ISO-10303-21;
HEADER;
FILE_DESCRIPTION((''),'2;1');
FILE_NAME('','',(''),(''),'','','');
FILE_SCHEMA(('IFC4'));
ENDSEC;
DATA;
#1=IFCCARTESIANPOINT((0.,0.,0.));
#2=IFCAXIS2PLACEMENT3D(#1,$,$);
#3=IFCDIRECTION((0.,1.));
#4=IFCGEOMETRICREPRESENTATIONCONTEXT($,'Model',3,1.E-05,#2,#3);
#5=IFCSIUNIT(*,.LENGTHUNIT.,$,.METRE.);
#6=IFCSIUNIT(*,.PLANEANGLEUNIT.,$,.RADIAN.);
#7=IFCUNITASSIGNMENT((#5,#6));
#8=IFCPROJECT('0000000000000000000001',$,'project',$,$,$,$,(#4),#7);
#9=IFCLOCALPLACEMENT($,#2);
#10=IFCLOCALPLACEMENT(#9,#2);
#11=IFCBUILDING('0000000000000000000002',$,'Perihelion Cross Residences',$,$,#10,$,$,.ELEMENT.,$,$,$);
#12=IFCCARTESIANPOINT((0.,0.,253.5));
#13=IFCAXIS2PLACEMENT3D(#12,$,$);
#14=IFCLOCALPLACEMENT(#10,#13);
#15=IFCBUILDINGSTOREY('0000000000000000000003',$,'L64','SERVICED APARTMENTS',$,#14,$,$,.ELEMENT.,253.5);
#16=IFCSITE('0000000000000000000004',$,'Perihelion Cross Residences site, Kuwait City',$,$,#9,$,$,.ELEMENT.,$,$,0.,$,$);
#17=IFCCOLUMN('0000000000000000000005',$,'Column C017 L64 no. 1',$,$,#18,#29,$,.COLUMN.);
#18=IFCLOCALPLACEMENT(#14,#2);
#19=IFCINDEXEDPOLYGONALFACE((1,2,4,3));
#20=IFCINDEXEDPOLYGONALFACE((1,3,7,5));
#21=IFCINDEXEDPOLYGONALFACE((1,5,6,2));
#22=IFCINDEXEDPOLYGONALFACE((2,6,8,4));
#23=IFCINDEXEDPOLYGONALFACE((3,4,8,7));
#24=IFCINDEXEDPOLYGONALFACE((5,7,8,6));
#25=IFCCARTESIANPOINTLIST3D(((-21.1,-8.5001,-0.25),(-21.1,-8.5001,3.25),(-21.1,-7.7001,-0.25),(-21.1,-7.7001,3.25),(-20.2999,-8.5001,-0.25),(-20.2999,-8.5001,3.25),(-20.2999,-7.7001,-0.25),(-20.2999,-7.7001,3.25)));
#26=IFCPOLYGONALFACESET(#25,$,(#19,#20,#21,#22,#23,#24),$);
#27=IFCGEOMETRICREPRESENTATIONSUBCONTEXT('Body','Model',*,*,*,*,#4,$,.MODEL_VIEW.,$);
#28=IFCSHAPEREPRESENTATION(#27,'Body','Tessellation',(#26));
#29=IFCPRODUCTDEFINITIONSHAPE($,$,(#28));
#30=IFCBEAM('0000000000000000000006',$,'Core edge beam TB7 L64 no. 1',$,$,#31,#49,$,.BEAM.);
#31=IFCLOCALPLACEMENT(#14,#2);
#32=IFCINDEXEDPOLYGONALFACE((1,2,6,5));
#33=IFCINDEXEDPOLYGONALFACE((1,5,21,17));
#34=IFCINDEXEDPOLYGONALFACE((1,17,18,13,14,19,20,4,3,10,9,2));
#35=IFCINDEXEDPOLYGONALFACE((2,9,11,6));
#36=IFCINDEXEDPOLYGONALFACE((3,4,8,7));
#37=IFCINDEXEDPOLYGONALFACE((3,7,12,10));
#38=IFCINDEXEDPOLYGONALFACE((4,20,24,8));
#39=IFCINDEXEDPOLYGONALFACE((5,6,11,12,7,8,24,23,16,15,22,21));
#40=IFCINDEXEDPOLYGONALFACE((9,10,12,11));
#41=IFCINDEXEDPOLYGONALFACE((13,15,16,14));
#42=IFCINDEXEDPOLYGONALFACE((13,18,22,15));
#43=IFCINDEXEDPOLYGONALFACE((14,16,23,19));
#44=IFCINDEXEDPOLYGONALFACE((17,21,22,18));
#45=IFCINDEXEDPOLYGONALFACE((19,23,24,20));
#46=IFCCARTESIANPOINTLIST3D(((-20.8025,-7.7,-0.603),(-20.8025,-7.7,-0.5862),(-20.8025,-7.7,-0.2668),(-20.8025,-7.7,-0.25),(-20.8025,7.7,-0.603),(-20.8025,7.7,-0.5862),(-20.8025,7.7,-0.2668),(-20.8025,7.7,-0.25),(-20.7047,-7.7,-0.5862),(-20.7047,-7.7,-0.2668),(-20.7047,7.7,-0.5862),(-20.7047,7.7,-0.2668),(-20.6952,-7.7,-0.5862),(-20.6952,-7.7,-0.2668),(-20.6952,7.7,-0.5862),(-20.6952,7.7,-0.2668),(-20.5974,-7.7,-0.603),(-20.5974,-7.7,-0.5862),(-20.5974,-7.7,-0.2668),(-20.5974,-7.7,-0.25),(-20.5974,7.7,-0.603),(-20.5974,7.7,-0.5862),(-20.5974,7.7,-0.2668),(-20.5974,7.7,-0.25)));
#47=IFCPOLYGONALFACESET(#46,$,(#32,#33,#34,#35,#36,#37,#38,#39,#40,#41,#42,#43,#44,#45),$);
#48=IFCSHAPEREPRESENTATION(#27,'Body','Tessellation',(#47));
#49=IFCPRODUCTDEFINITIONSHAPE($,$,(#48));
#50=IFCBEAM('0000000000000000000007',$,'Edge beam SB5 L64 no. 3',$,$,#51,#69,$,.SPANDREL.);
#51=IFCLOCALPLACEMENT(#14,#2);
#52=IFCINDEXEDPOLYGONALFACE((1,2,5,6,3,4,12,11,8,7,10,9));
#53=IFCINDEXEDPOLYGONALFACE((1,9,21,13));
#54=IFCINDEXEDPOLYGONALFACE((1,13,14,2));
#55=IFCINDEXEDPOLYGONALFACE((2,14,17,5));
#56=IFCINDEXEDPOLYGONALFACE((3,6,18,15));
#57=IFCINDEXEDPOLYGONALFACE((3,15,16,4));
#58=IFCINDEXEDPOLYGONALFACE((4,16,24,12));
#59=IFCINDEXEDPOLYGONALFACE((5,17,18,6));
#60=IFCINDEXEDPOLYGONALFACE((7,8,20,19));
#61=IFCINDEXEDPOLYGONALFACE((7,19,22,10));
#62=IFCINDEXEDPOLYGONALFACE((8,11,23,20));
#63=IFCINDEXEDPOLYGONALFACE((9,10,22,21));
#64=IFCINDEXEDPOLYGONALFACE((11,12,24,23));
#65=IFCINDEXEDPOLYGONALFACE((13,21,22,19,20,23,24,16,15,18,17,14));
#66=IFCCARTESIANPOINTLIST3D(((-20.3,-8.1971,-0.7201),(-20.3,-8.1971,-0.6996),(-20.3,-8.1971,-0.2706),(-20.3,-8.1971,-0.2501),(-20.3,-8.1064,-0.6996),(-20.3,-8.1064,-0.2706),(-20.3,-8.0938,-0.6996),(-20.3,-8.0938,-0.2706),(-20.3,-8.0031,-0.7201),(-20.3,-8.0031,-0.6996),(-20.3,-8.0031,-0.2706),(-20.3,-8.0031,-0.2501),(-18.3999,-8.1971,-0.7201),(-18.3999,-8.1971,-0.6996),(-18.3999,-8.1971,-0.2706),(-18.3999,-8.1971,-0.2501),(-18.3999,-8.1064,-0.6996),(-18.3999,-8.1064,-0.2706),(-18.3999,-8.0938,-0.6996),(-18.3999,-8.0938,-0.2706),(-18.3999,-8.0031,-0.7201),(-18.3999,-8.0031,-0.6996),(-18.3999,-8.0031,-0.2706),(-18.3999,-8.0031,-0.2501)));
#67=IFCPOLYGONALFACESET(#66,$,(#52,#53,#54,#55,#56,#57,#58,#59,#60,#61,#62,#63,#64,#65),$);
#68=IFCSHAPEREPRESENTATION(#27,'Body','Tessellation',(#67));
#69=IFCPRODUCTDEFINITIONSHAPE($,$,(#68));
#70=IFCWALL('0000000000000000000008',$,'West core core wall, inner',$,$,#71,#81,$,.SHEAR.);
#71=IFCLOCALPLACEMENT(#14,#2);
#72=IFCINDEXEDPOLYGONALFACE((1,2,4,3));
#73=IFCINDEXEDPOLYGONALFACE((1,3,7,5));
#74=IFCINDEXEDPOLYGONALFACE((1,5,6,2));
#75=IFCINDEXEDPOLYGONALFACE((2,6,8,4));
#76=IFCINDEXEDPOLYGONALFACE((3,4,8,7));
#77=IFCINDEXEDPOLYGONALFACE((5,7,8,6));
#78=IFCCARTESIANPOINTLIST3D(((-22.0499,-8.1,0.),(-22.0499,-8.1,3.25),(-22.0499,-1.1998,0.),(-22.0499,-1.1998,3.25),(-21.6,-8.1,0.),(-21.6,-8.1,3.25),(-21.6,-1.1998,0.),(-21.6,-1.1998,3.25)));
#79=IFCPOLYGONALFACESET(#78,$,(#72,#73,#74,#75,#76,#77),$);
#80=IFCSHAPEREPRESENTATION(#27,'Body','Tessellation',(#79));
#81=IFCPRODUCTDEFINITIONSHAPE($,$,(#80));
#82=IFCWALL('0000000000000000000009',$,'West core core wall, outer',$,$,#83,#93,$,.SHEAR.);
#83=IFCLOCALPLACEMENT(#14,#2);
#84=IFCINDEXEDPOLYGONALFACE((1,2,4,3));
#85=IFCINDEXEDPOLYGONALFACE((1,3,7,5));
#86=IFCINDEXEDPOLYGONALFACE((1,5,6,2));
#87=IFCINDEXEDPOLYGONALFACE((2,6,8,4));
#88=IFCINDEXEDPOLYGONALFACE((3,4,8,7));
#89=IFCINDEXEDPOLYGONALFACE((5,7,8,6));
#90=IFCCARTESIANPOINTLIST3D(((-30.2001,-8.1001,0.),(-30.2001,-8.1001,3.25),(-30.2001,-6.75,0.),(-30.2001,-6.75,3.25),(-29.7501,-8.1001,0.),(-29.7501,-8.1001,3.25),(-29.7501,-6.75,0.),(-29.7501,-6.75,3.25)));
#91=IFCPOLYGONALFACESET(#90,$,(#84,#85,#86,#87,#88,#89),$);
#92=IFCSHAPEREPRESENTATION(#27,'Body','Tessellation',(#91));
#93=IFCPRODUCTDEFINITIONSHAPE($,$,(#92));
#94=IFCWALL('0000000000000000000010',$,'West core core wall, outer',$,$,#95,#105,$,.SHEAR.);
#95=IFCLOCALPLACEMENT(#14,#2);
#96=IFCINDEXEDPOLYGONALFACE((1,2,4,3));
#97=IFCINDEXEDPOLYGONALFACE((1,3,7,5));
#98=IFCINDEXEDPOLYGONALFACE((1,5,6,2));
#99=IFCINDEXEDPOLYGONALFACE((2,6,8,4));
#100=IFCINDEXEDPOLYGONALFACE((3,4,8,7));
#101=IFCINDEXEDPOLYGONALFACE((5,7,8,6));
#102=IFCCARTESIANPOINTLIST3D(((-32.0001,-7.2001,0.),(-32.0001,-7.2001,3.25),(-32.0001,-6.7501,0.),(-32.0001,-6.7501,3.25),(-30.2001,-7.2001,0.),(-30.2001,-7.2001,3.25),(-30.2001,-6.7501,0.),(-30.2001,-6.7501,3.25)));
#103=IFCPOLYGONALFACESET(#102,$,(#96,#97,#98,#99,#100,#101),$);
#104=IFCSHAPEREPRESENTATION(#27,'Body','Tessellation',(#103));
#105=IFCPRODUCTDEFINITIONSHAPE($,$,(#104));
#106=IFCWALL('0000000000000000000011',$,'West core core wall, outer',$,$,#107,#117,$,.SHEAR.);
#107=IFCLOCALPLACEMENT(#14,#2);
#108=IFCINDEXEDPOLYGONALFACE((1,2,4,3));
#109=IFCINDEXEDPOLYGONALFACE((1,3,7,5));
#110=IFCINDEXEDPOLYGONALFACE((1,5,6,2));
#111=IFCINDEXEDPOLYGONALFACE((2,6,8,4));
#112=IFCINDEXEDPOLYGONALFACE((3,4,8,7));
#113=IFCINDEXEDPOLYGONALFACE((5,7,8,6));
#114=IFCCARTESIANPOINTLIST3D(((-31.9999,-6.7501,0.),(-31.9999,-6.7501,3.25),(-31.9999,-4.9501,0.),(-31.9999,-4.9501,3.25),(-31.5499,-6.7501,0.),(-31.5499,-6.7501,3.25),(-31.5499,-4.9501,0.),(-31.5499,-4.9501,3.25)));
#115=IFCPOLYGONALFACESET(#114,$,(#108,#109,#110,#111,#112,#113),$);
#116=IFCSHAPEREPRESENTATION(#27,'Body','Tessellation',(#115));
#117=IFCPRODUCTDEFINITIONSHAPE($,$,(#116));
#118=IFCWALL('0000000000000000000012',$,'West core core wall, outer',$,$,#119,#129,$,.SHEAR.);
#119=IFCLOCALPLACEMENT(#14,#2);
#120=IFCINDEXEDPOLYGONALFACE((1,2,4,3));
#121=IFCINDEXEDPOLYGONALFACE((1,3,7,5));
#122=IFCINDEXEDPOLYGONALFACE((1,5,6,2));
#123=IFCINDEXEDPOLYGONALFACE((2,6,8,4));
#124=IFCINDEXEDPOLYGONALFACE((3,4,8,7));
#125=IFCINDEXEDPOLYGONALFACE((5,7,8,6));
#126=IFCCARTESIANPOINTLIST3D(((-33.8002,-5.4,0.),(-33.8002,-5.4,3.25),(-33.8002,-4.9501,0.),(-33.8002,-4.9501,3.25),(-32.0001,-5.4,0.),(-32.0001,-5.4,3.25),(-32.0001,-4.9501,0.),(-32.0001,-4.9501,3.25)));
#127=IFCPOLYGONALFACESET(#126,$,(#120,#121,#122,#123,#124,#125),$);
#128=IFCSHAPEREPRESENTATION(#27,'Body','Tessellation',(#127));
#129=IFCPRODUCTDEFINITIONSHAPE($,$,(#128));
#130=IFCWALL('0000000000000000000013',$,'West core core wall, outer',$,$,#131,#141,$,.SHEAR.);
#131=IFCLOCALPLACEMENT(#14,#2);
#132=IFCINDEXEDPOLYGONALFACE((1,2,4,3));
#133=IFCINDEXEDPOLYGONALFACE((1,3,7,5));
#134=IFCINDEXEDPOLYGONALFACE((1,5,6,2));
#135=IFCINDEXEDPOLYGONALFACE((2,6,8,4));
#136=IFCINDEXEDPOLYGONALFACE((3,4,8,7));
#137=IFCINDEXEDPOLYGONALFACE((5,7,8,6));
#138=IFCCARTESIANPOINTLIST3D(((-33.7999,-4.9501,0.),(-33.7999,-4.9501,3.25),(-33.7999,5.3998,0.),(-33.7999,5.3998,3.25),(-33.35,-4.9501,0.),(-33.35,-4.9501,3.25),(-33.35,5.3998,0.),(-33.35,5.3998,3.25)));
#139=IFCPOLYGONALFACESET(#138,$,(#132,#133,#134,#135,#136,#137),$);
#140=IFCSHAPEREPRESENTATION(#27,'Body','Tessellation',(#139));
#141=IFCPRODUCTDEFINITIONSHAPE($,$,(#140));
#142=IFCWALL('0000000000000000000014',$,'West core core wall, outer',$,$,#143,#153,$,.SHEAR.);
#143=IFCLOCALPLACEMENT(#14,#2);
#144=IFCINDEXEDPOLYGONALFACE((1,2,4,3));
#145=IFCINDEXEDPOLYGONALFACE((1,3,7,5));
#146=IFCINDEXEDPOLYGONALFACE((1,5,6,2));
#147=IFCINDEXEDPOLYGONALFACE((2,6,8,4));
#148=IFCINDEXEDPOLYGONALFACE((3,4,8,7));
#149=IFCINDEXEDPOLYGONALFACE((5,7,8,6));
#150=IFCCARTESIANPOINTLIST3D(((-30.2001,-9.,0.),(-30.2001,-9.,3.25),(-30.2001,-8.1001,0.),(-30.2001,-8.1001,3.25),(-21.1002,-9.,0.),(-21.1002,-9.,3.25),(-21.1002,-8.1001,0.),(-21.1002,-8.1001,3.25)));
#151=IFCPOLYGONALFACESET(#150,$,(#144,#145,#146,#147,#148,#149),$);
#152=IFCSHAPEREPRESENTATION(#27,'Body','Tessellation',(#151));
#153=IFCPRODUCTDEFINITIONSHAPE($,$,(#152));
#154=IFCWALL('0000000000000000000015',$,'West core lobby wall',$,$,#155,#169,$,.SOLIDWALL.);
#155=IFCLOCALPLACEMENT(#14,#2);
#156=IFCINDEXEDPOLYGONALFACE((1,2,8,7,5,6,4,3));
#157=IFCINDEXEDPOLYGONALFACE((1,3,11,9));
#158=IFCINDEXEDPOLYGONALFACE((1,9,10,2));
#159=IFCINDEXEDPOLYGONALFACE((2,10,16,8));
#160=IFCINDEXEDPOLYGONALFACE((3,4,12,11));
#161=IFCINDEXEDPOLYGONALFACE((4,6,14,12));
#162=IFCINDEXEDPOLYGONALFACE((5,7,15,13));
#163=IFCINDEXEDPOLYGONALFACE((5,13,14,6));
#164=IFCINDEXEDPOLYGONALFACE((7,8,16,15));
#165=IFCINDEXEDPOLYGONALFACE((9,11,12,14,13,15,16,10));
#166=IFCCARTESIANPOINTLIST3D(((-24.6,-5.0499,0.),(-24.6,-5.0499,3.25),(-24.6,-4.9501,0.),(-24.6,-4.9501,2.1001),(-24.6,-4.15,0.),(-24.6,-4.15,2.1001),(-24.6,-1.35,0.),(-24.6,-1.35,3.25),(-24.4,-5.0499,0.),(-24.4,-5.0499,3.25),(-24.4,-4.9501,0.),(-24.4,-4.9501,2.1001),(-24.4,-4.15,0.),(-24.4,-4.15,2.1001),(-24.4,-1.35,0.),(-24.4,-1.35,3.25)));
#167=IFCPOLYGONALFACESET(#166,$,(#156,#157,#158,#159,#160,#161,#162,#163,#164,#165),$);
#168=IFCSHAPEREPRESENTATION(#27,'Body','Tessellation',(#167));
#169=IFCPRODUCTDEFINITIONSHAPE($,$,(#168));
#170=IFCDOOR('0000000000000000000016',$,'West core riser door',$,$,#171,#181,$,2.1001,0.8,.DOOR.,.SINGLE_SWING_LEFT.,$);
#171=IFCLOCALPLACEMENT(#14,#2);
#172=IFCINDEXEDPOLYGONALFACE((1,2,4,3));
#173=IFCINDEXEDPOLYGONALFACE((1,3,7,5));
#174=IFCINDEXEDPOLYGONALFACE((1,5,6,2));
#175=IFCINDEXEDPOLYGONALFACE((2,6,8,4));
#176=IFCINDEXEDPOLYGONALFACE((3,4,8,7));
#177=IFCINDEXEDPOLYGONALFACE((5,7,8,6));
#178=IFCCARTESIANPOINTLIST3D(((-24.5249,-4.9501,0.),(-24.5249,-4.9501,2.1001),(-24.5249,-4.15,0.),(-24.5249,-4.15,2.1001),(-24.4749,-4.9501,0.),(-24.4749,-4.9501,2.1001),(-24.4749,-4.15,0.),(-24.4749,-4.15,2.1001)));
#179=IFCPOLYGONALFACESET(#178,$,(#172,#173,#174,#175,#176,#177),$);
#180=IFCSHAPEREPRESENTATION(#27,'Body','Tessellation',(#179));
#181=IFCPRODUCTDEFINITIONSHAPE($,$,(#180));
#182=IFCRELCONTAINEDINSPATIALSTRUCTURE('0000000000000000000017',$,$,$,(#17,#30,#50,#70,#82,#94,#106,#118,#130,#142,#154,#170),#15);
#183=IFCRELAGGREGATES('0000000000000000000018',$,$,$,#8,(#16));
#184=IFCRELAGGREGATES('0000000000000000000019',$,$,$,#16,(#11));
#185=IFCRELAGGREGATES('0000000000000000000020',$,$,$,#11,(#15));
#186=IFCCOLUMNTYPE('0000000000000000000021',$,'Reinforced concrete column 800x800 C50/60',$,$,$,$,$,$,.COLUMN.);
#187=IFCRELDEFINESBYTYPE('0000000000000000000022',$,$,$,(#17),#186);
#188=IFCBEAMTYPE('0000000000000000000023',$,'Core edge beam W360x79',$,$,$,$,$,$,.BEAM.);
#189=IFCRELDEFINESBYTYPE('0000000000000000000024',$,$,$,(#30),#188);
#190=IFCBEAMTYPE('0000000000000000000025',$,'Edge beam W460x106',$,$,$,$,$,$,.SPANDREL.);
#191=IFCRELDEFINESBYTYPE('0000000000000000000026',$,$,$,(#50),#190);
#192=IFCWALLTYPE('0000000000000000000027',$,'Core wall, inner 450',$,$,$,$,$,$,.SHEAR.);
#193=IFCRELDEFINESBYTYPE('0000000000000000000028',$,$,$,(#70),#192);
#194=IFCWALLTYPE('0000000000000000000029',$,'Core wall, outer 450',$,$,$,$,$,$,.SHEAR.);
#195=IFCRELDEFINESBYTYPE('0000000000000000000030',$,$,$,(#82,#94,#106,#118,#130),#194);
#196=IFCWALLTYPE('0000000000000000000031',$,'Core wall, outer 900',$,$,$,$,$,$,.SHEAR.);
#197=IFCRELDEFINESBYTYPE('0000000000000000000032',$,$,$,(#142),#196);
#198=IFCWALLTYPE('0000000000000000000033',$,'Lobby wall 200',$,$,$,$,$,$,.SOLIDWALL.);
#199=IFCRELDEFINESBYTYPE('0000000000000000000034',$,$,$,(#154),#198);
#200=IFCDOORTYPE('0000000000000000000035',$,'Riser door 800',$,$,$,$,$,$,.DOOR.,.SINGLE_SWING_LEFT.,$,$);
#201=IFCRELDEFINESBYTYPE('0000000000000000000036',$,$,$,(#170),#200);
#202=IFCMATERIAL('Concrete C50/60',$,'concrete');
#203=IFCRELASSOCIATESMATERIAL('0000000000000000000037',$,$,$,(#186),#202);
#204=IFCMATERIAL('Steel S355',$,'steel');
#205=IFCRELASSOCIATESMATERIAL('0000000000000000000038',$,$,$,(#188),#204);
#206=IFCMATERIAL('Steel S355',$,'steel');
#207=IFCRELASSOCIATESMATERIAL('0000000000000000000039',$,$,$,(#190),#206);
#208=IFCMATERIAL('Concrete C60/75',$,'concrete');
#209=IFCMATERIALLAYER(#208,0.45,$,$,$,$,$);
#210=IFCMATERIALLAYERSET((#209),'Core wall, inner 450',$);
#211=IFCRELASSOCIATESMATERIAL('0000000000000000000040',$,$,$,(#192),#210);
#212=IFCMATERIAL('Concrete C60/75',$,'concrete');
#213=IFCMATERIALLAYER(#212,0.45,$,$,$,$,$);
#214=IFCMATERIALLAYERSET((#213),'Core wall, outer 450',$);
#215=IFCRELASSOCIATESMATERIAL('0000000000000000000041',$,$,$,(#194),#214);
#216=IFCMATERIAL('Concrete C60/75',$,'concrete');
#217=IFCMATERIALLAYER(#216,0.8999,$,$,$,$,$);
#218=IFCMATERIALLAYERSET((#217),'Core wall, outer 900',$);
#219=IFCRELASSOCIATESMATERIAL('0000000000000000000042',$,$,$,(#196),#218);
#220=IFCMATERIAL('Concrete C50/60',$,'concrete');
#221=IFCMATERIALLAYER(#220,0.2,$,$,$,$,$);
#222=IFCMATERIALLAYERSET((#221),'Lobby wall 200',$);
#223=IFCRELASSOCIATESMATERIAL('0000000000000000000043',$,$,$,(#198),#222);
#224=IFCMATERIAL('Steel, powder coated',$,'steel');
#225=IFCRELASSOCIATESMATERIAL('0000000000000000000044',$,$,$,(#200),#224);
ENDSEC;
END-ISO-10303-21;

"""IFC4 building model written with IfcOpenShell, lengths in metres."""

from ifc_helpers import new_model, si_unit, direction, frame, frame_2d, origin, origin_2d, place, context, subcontext, project, spatial, rectangle, i_section, extrude, material, layer, layer_set, material_profile, profile_set, type_object, element, fill, save


model = new_model("IFC4")

# Units and contexts
model_context = context("Model", 3, precision=1e-05, world=origin(), true_north=direction((0.0, 1.0)))
body_context = subcontext(model_context, "Body", "Model", "MODEL_VIEW")
ifc_project = project(units=[si_unit("LENGTHUNIT", "METRE"), si_unit("PLANEANGLEUNIT", "RADIAN")], contexts=[model_context])

# Site, building, storey
site_placement = place(None, origin())
site = spatial("IfcSite", under=ifc_project, at=site_placement, Name="Perihelion Cross Residences site, Kuwait City", CompositionType="ELEMENT", RefElevation=0.0)
building_placement = place(site_placement, origin())
building = spatial("IfcBuilding", under=site, at=building_placement, Name="Perihelion Cross Residences", CompositionType="ELEMENT")
storey_placement = place(building_placement, frame((0.0, 0.0, 253.5)))
storey = spatial("IfcBuildingStorey", under=building, at=storey_placement, Name="L64", Description="SERVICED APARTMENTS", CompositionType="ELEMENT", Elevation=253.5)

# Column
ifc_material_1 = material(Name="Concrete C50/60", Category="concrete")
ifc_material_profile_1 = material_profile(ifc_material_1, rectangle(XDim=0.8, YDim=0.8, at=origin_2d()), Name="RC 800x800")
ifc_profile_set_1 = profile_set([ifc_material_profile_1], Name="Concrete C50/60")
column_type = type_object("IfcColumnType", Name="Reinforced concrete column 800x800 C50/60", PredefinedType="COLUMN", material=ifc_profile_set_1)
column_placement = place(storey_placement, frame((-20.7, -8.1001, -0.25), z_axis=(0.0, 0.0, 1.0), x_axis=(1.0, 0.0, 0.0)))
element("IfcColumn", 1, at=column_placement, inside=storey, type_object=column_type, Name="Column C017 L64 no. 1", PredefinedType="COLUMN", context=body_context, shape_type="SweptSolid", body=[
    extrude(rectangle(XDim=0.8, YDim=0.8, at=origin_2d()), origin(), (0.0, 0.0, 1.0), 3.5),
])

# Beams
ifc_material_2 = material(Name="Steel S355", Category="steel")
ifc_material_profile_2 = material_profile(ifc_material_2, i_section(OverallWidth=0.2051, OverallDepth=0.353, WebThickness=0.0095, FlangeThickness=0.0168, at=origin_2d()), Name="W360x79")
ifc_profile_set_2 = profile_set([ifc_material_profile_2], Name="Steel S355")
beam_type_1 = type_object("IfcBeamType", Name="Core edge beam W360x79", PredefinedType="BEAM", material=ifc_profile_set_2)
beam_1_placement = place(storey_placement, frame((-20.7, -7.7, -0.4265), z_axis=(0.0, 1.0, 0.0), x_axis=(-1.0, 0.0, 0.0)))
element("IfcBeam", 2, at=beam_1_placement, inside=storey, type_object=beam_type_1, Name="Core edge beam TB7 L64 no. 1", PredefinedType="BEAM", context=body_context, shape_type="SweptSolid", body=[
    extrude(i_section(OverallWidth=0.2051, OverallDepth=0.353, WebThickness=0.0095, FlangeThickness=0.0168, at=origin_2d()), origin(), (0.0, 0.0, 1.0), 15.3999),
])
ifc_material_3 = material(Name="Steel S355", Category="steel")
ifc_material_profile_3 = material_profile(ifc_material_3, i_section(OverallWidth=0.1941, OverallDepth=0.47, WebThickness=0.0127, FlangeThickness=0.0205, at=origin_2d()), Name="W460x106")
ifc_profile_set_3 = profile_set([ifc_material_profile_3], Name="Steel S355")
beam_type_2 = type_object("IfcBeamType", Name="Edge beam W460x106", PredefinedType="SPANDREL", material=ifc_profile_set_3)
beam_2_placement = place(storey_placement, frame((-20.3, -8.1001, -0.4851), z_axis=(1.0, 0.0, 0.0), x_axis=(0.0, 1.0, 0.0)))
element("IfcBeam", 3, at=beam_2_placement, inside=storey, type_object=beam_type_2, Name="Edge beam SB5 L64 no. 3", PredefinedType="SPANDREL", context=body_context, shape_type="SweptSolid", body=[
    extrude(i_section(OverallWidth=0.1941, OverallDepth=0.47, WebThickness=0.0127, FlangeThickness=0.0205, at=origin_2d()), origin(), (0.0, 0.0, 1.0), 1.9001),
])

# Walls
ifc_material_4 = material(Name="Concrete C60/75", Category="concrete")
ifc_layer_1 = layer(ifc_material_4, 0.45)
ifc_layer_set_1 = layer_set([ifc_layer_1], Name="Core wall, inner 450")
wall_type_1 = type_object("IfcWallType", Name="Core wall, inner 450", PredefinedType="SHEAR", material=ifc_layer_set_1)
wall_1_placement = place(storey_placement, frame((-21.825, -8.1001, 0.0), z_axis=(0.0, 0.0, 1.0), x_axis=(0.0, 1.0, 0.0)))
element("IfcWall", 4, at=wall_1_placement, inside=storey, type_object=wall_type_1, Name="West core core wall, inner", PredefinedType="SHEAR", context=body_context, shape_type="SweptSolid", body=[
    extrude(rectangle(XDim=6.9001, YDim=0.45, at=frame_2d((3.4502, 0.0))), origin(), (0.0, 0.0, 1.0), 3.25),
])
ifc_material_5 = material(Name="Concrete C60/75", Category="concrete")
ifc_layer_2 = layer(ifc_material_5, 0.45)
ifc_layer_set_2 = layer_set([ifc_layer_2], Name="Core wall, outer 450")
wall_type_2 = type_object("IfcWallType", Name="Core wall, outer 450", PredefinedType="SHEAR", material=ifc_layer_set_2)
wall_2_placement = place(storey_placement, frame((-29.9751, -8.1001, 0.0), z_axis=(0.0, 0.0, 1.0), x_axis=(0.0, 1.0, 0.0)))
element("IfcWall", 5, at=wall_2_placement, inside=storey, type_object=wall_type_2, Name="West core core wall, outer", PredefinedType="SHEAR", context=body_context, shape_type="SweptSolid", body=[
    extrude(rectangle(XDim=1.3501, YDim=0.45, at=frame_2d((0.675, 0.0))), origin(), (0.0, 0.0, 1.0), 3.25),
])
for number, where, z_axis, x_axis, name in (
    (6, (-32.0, -6.9751, 0.0), (0.0, 0.0, 1.0), (1.0, 0.0, 0.0), "West core core wall, outer"),
    (7, (-31.7749, -6.75, 0.0), (0.0, 0.0, 1.0), (0.0, 1.0, 0.0), "West core core wall, outer"),
    (8, (-33.8, -5.175, 0.0), (0.0, 0.0, 1.0), (1.0, 0.0, 0.0), "West core core wall, outer"),
):
    element("IfcWall", number, at=place(storey_placement, frame(where, z_axis=z_axis, x_axis=x_axis)), inside=storey, type_object=wall_type_2, Name=name, PredefinedType="SHEAR", context=body_context, shape_type="SweptSolid", body=[
        extrude(rectangle(XDim=1.8, YDim=0.45, at=frame_2d((0.8999, 0.0))), origin(), (0.0, 0.0, 1.0), 3.25),
    ])
wall_3_placement = place(storey_placement, frame((-33.575, -4.95, 0.0), z_axis=(0.0, 0.0, 1.0), x_axis=(0.0, 1.0, 0.0)))
element("IfcWall", 9, at=wall_3_placement, inside=storey, type_object=wall_type_2, Name="West core core wall, outer", PredefinedType="SHEAR", context=body_context, shape_type="SweptSolid", body=[
    extrude(rectangle(XDim=10.3499, YDim=0.45, at=frame_2d((5.1748, 0.0))), origin(), (0.0, 0.0, 1.0), 3.25),
])
ifc_material_6 = material(Name="Concrete C60/75", Category="concrete")
ifc_layer_3 = layer(ifc_material_6, 0.8999)
ifc_layer_set_3 = layer_set([ifc_layer_3], Name="Core wall, outer 900")
wall_type_3 = type_object("IfcWallType", Name="Core wall, outer 900", PredefinedType="SHEAR", material=ifc_layer_set_3)
wall_4_placement = place(storey_placement, frame((-30.2, -8.55, 0.0), z_axis=(0.0, 0.0, 1.0), x_axis=(1.0, 0.0, 0.0)))
element("IfcWall", 10, at=wall_4_placement, inside=storey, type_object=wall_type_3, Name="West core core wall, outer", PredefinedType="SHEAR", context=body_context, shape_type="SweptSolid", body=[
    extrude(rectangle(XDim=9.0999, YDim=0.8999, at=frame_2d((4.5498, 0.0))), origin(), (0.0, 0.0, 1.0), 3.25),
])

# Wall, opening, door
ifc_material_7 = material(Name="Concrete C50/60", Category="concrete")
ifc_layer_4 = layer(ifc_material_7, 0.2)
ifc_layer_set_4 = layer_set([ifc_layer_4], Name="Lobby wall 200")
wall_type_4 = type_object("IfcWallType", Name="Lobby wall 200", PredefinedType="SOLIDWALL", material=ifc_layer_set_4)
wall_5_placement = place(storey_placement, frame((-24.5, -5.05, 0.0), z_axis=(0.0, 0.0, 1.0), x_axis=(0.0, 1.0, 0.0)))
wall_5 = element("IfcWall", 11, at=wall_5_placement, inside=storey, type_object=wall_type_4, Name="West core lobby wall", PredefinedType="SOLIDWALL", context=body_context, shape_type="SweptSolid", body=[
    extrude(rectangle(XDim=3.7, YDim=0.2, at=frame_2d((1.8501, 0.0))), origin(), (0.0, 0.0, 1.0), 3.25),
])
opening_1_placement = place(wall_5_placement, frame((0.1001, 0.0, 0.0)))
opening_1 = element("IfcOpeningElement", 12, at=opening_1_placement, cuts=wall_5, PredefinedType="OPENING", context=body_context, shape_type="SweptSolid", body=[
    extrude(rectangle(XDim=0.8, YDim=2.1001, at=frame_2d((0.3999, 1.05))), frame((0.0, 0.1099, 0.0), z_axis=(0.0, -1.0, 0.0), x_axis=(1.0, 0.0, 0.0)), (0.0, 0.0, 1.0), 0.22),
])
ifc_material_8 = material(Name="Steel, powder coated", Category="steel")
door_type_1 = type_object("IfcDoorType", Name="Riser door 800", OperationType="SINGLE_SWING_LEFT", PredefinedType="DOOR", material=ifc_material_8)
door_1_placement = place(opening_1_placement, origin())
door_1 = element("IfcDoor", 13, at=door_1_placement, inside=storey, type_object=door_type_1, Name="West core riser door", OperationType="SINGLE_SWING_LEFT", OverallHeight=2.1001, OverallWidth=0.8, PredefinedType="DOOR", context=body_context, shape_type="SweptSolid", body=[
    extrude(rectangle(XDim=0.8, YDim=2.1001, at=frame_2d((0.3999, 1.05))), frame((0.0, 0.0249, 0.0), z_axis=(0.0, -1.0, 0.0), x_axis=(1.0, 0.0, 0.0)), (0.0, 0.0, 1.0), 0.05),
])
fill(opening_1, door_1)

save(model, "model.ifc")
